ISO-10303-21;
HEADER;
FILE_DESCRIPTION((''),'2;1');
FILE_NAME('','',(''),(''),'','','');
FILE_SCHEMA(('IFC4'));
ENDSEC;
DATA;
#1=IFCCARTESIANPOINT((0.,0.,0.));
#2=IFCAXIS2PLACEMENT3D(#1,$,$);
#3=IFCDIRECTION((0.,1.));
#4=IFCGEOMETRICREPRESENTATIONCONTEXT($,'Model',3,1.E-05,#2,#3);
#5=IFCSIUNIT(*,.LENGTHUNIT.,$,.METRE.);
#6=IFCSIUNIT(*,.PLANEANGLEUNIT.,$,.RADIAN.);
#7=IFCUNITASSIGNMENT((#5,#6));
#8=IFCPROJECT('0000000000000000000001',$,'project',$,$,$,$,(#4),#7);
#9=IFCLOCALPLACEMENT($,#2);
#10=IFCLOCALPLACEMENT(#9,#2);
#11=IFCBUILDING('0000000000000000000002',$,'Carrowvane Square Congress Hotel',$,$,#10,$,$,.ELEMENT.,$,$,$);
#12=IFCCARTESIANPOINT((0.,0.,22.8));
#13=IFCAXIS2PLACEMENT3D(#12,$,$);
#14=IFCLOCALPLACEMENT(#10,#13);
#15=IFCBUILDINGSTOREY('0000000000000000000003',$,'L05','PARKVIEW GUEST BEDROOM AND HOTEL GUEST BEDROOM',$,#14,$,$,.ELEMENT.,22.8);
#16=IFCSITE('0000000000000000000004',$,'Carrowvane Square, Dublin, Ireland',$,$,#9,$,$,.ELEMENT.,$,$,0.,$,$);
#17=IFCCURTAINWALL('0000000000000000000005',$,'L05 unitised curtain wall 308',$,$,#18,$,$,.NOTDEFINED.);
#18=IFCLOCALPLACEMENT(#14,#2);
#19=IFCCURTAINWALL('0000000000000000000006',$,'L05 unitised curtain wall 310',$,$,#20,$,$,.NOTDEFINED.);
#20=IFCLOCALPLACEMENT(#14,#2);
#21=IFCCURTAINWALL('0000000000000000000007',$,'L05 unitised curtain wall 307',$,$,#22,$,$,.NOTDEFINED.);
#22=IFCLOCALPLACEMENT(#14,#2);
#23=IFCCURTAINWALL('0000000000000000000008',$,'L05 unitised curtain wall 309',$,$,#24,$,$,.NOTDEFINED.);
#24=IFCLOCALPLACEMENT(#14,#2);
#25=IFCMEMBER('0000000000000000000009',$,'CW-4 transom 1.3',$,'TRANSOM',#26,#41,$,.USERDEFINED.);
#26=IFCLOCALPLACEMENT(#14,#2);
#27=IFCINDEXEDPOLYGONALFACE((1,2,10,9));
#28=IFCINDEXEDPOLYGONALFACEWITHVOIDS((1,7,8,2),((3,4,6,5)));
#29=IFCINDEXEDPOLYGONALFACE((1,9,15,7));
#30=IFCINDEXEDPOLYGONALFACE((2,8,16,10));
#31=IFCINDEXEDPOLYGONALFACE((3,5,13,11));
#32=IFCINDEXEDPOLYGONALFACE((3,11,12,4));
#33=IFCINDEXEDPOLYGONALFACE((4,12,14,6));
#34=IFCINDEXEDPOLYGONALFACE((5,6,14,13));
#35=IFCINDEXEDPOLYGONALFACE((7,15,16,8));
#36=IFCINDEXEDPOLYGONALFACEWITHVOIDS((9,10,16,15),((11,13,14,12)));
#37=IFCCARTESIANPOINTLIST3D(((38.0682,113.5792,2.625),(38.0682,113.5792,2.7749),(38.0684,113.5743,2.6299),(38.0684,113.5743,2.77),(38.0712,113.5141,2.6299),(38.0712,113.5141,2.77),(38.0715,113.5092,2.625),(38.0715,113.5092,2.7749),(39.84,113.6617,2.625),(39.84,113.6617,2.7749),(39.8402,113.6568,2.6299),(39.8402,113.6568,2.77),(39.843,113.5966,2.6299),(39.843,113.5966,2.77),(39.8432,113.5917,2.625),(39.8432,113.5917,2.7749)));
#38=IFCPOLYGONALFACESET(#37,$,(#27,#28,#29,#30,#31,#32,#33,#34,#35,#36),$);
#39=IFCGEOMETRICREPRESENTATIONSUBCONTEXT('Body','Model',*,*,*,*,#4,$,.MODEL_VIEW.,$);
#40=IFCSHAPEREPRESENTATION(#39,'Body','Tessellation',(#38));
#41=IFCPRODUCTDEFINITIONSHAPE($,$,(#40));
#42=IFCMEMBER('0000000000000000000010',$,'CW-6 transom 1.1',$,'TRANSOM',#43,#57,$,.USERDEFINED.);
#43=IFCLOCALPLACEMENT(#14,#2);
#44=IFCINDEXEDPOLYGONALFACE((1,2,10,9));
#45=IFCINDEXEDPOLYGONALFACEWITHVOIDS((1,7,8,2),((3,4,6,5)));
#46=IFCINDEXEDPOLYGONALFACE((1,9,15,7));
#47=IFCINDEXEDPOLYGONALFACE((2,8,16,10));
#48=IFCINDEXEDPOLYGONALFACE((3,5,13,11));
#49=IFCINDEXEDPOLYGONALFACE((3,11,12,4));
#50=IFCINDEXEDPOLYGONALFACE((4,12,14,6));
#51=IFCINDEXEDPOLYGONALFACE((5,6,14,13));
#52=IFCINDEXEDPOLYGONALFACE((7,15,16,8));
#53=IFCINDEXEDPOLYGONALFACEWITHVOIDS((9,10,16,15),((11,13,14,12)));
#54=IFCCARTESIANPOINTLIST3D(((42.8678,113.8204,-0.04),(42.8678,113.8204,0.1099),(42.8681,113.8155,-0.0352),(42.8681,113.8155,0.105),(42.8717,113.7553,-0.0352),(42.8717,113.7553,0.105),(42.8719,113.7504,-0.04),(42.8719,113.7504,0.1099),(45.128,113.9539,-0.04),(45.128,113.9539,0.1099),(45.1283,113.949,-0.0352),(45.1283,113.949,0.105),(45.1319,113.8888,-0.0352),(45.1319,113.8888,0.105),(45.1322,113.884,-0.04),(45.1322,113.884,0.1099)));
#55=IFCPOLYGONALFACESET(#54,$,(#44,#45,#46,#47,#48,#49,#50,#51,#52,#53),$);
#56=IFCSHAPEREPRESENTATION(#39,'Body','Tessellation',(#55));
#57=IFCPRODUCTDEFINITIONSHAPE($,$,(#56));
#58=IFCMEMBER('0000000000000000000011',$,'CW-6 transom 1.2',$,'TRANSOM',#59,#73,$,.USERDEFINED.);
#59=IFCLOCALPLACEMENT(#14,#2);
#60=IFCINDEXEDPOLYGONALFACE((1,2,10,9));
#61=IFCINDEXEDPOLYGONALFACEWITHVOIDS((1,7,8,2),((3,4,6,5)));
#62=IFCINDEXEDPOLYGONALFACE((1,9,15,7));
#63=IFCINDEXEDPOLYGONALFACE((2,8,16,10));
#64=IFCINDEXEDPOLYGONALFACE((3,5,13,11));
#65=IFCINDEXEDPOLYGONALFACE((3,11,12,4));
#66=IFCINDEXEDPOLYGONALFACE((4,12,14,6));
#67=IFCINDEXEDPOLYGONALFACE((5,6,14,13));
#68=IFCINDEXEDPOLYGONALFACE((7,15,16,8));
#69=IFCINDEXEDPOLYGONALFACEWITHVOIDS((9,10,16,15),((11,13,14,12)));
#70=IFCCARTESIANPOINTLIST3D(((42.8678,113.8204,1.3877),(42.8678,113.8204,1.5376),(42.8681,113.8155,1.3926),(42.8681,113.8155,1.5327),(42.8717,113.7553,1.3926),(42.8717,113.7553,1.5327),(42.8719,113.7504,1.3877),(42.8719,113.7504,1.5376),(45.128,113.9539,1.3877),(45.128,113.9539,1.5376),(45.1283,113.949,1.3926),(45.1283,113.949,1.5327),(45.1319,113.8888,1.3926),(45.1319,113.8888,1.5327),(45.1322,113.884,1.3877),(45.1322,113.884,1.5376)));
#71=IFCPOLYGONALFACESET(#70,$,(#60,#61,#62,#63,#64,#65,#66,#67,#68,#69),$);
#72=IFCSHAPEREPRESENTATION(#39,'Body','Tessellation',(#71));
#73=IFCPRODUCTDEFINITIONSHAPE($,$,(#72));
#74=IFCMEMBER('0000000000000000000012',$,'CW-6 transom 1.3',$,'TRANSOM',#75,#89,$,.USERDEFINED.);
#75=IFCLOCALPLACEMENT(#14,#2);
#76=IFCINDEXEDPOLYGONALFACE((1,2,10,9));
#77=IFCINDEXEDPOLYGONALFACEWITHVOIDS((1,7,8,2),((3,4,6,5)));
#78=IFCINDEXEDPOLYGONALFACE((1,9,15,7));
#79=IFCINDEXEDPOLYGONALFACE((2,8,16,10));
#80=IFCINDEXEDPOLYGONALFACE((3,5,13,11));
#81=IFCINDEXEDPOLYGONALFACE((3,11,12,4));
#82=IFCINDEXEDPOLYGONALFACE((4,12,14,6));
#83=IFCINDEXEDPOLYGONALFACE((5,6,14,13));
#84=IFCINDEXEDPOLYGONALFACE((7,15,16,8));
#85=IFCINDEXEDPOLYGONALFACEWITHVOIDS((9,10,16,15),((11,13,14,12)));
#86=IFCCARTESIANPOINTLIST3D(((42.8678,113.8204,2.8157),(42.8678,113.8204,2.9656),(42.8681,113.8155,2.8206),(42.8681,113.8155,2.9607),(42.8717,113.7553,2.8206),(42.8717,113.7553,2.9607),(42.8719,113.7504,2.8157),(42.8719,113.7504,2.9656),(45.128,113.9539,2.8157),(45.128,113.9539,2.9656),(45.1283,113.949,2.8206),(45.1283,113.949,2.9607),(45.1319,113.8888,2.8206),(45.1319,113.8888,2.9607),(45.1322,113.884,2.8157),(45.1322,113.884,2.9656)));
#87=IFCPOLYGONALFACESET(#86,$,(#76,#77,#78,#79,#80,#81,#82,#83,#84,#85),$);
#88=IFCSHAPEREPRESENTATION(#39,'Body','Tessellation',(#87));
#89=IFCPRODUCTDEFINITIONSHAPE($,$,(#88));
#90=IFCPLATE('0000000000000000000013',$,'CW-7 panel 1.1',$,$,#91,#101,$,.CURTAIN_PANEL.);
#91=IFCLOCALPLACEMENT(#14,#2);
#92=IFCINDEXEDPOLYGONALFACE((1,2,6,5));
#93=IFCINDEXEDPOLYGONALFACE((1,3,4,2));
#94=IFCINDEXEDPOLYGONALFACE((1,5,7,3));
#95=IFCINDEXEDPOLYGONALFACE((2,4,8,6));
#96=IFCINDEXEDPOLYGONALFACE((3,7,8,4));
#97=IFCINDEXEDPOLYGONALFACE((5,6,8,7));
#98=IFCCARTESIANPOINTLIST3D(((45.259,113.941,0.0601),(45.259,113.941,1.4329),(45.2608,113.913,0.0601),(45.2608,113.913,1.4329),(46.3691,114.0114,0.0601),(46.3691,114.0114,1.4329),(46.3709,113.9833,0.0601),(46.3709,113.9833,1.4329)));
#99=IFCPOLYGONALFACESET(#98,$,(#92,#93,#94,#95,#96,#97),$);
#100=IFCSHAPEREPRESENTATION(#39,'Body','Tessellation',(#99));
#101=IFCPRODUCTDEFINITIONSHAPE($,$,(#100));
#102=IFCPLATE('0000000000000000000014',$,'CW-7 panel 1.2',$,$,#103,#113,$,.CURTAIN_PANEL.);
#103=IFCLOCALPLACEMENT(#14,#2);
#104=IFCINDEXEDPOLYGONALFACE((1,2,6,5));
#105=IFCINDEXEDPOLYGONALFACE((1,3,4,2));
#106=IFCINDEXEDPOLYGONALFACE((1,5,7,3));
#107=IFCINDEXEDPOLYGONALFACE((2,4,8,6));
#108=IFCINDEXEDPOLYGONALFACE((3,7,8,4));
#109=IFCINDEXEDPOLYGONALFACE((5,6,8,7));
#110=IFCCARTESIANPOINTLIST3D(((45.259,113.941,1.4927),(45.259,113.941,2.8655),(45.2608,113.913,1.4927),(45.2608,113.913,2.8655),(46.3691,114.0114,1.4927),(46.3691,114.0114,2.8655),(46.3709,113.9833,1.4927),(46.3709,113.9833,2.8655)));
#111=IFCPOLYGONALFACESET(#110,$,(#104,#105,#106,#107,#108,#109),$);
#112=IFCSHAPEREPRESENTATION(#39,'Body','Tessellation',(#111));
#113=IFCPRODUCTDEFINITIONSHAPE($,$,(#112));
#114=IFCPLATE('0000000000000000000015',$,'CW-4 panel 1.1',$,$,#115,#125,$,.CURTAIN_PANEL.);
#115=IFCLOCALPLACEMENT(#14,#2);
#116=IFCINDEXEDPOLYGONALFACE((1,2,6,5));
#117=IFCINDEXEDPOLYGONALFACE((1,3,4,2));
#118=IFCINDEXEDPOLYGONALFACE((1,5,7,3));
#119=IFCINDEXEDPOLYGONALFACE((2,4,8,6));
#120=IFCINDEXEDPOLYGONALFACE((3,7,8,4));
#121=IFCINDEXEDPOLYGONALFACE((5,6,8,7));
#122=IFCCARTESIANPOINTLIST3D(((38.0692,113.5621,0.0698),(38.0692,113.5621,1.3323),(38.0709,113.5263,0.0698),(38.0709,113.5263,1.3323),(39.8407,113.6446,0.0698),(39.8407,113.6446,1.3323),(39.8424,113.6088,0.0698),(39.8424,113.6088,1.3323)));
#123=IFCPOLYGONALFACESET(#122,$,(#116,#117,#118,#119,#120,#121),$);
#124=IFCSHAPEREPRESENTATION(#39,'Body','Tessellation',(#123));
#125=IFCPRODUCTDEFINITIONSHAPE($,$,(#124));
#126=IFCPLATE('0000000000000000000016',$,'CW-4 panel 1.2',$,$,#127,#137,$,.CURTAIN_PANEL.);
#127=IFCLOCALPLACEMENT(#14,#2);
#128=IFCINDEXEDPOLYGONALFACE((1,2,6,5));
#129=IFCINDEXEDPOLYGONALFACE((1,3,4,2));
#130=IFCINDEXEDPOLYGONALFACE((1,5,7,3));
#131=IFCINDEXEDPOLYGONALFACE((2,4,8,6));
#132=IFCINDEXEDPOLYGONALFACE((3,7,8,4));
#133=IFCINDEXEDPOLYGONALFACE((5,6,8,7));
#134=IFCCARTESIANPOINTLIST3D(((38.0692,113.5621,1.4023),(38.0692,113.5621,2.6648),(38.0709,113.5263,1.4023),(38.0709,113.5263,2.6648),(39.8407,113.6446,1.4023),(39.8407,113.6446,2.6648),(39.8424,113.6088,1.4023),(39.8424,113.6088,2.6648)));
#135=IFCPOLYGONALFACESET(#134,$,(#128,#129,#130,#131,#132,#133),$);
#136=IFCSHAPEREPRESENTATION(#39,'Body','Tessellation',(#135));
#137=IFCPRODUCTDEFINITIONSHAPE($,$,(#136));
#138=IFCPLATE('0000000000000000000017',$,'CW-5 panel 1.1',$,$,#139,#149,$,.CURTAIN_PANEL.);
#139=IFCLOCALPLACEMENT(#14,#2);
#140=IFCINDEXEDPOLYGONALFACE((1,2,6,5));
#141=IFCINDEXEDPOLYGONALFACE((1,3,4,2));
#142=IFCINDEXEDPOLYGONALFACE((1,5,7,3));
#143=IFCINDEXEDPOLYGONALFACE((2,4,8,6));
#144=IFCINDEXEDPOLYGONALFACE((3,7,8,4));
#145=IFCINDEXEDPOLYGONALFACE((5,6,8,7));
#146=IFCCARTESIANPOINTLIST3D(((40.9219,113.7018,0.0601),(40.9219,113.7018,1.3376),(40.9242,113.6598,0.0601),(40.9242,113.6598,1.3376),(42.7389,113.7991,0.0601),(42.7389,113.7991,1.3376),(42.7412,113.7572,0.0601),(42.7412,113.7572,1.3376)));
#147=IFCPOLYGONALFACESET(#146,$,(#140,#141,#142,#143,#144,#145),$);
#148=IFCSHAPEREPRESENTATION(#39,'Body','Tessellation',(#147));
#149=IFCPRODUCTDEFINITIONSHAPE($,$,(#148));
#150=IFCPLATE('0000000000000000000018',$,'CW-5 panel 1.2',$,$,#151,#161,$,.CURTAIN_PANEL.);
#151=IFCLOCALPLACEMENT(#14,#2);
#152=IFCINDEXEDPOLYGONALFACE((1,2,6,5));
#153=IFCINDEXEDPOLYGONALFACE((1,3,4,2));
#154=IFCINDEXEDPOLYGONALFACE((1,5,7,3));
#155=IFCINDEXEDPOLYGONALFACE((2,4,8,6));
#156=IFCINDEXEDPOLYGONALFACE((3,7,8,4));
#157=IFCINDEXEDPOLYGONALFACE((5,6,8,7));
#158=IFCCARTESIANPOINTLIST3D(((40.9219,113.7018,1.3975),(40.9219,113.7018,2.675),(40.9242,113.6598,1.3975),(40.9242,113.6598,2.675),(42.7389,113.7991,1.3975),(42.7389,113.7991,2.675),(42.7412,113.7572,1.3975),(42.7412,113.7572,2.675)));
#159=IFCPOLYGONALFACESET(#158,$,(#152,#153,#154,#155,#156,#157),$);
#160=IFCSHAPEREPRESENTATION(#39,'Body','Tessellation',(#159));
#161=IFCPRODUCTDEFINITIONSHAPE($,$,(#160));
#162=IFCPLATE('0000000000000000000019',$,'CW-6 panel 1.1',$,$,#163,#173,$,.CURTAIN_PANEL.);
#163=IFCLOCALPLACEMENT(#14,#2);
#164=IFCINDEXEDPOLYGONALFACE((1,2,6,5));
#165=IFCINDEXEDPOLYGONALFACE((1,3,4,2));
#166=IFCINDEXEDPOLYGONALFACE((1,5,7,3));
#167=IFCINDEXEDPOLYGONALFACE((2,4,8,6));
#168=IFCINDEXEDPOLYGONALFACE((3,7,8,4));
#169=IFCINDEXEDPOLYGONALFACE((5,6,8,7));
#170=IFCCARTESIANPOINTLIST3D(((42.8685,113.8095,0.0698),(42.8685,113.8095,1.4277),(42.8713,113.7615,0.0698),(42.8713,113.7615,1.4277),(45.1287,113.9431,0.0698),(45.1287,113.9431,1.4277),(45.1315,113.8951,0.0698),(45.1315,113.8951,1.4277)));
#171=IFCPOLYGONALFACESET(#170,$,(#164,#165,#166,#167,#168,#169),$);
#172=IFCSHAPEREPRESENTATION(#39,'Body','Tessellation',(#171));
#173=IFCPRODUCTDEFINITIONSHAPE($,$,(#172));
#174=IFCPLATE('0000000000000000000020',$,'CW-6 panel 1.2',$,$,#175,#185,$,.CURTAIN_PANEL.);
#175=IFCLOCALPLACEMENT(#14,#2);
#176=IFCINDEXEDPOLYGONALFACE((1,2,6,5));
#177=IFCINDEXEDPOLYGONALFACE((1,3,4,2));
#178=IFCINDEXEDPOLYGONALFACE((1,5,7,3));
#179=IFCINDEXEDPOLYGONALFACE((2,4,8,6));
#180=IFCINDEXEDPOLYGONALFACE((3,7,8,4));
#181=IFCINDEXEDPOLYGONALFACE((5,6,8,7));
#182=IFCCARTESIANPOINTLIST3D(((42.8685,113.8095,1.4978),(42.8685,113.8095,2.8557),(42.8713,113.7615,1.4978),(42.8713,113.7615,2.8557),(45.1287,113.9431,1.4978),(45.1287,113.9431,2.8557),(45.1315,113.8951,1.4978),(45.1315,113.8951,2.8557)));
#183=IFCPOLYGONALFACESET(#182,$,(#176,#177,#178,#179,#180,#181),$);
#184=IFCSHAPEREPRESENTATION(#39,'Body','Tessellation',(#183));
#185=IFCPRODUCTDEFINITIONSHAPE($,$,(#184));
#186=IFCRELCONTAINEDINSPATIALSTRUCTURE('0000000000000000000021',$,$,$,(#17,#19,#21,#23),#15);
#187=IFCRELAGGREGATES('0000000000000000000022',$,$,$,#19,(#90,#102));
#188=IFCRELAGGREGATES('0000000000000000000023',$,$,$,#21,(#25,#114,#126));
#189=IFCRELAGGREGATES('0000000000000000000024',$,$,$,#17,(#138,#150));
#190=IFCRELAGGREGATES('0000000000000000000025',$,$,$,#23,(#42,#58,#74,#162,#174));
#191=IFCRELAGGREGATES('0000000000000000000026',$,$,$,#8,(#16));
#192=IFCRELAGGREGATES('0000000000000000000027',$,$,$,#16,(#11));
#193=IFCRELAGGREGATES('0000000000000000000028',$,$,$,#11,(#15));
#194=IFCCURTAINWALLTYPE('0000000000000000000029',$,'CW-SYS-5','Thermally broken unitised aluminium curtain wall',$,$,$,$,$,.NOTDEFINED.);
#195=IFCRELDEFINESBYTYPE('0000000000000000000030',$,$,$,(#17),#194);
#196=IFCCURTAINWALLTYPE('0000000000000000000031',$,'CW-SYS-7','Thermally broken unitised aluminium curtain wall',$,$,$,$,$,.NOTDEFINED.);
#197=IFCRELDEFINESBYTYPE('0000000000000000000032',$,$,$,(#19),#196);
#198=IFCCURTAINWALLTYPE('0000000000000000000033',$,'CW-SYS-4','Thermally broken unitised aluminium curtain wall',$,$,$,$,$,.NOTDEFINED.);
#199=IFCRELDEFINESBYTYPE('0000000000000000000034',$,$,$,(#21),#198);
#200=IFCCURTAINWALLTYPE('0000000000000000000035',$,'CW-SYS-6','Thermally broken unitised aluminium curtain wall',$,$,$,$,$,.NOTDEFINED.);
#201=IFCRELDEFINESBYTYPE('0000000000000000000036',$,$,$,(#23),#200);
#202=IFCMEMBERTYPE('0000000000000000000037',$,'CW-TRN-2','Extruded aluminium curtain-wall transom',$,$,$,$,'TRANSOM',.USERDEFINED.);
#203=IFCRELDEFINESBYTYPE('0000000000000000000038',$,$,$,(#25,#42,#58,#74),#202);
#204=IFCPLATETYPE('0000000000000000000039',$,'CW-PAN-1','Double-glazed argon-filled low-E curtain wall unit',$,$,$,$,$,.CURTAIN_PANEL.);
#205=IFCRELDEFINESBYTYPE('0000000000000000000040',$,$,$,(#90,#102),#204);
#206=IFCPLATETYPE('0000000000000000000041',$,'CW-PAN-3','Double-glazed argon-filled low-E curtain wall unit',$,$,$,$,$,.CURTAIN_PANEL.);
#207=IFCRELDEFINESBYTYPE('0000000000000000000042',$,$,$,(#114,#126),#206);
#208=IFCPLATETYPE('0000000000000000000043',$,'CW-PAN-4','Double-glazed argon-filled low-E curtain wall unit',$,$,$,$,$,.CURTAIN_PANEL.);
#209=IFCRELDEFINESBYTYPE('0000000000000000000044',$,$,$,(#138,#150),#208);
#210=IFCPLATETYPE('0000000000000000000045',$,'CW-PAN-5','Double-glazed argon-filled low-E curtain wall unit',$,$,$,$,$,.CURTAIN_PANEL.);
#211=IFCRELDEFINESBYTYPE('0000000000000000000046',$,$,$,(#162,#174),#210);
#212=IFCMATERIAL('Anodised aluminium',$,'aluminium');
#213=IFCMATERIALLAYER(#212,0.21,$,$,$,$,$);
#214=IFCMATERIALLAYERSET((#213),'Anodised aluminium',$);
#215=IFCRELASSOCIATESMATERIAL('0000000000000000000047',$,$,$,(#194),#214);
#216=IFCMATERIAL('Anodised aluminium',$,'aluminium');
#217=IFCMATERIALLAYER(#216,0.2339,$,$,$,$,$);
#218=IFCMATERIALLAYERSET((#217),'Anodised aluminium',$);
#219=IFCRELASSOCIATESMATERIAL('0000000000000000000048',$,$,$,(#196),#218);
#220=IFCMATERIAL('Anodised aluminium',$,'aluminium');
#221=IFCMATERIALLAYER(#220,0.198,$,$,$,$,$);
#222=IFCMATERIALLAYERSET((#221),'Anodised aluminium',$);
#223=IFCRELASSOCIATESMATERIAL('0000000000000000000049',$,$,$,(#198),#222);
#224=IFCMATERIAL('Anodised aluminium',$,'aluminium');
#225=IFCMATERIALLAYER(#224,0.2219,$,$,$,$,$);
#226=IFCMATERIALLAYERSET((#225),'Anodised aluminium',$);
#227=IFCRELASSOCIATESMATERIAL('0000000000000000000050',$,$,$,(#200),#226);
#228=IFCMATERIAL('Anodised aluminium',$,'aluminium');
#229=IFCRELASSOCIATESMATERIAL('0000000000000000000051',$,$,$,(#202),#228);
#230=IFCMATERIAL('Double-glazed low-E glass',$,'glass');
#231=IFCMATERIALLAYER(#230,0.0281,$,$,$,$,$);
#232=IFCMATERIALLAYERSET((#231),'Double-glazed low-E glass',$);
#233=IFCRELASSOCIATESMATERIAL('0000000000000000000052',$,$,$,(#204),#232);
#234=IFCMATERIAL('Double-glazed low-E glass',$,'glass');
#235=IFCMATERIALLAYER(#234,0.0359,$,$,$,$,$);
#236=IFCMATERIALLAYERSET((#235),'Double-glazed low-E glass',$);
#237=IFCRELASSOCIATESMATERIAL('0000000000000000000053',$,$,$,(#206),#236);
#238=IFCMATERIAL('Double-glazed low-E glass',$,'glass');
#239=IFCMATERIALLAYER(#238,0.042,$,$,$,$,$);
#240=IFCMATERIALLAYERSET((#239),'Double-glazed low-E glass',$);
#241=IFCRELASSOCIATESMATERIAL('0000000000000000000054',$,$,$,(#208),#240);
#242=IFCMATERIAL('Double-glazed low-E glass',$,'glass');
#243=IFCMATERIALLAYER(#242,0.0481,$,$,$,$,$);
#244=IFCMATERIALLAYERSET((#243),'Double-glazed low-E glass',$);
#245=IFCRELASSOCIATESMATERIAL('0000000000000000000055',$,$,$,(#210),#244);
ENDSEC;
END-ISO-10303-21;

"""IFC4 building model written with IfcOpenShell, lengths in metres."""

from ifc_helpers import new_model, si_unit, direction, frame, origin, origin_2d, place, context, subcontext, project, spatial, rectangle, hollow_rectangle, extrude, material, layer, layer_set, material_profile, profile_set, type_object, element, aggregate, save


model = new_model("IFC4")

# Units and contexts
model_context = context("Model", 3, precision=1e-05, world=origin(), true_north=direction((0.0, 1.0)))
body_context = subcontext(model_context, "Body", "Model", "MODEL_VIEW")
ifc_project = project(units=[si_unit("LENGTHUNIT", "METRE"), si_unit("PLANEANGLEUNIT", "RADIAN")], contexts=[model_context])

# Site, building, storey
site_placement = place(None, origin())
site = spatial("IfcSite", under=ifc_project, at=site_placement, Name="Carrowvane Square, Dublin, Ireland", CompositionType="ELEMENT", RefElevation=0.0)
building_placement = place(site_placement, origin())
building = spatial("IfcBuilding", under=site, at=building_placement, Name="Carrowvane Square Congress Hotel", CompositionType="ELEMENT")
storey_placement = place(building_placement, frame((0.0, 0.0, 22.8)))
storey = spatial("IfcBuildingStorey", under=building, at=storey_placement, Name="L05", Description="PARKVIEW GUEST BEDROOM AND HOTEL GUEST BEDROOM", CompositionType="ELEMENT", Elevation=22.8)

# Curtain walls
ifc_material_1 = material(Name="Anodised aluminium", Category="aluminium")
ifc_layer_1 = layer(ifc_material_1, 0.21)
ifc_layer_set_1 = layer_set([ifc_layer_1], Name="Anodised aluminium")
curtain_wall_type_1 = type_object("IfcCurtainWallType", Name="CW-SYS-5", Description="Thermally broken unitised aluminium curtain wall", PredefinedType="NOTDEFINED", material=ifc_layer_set_1)
curtain_wall_1_placement = place(storey_placement, origin())
curtain_wall_1 = element("IfcCurtainWall", 1, at=curtain_wall_1_placement, inside=storey, type_object=curtain_wall_type_1, Name="L05 unitised curtain wall 308", PredefinedType="NOTDEFINED")
ifc_material_2 = material(Name="Anodised aluminium", Category="aluminium")
ifc_layer_2 = layer(ifc_material_2, 0.2339)
ifc_layer_set_2 = layer_set([ifc_layer_2], Name="Anodised aluminium")
curtain_wall_type_2 = type_object("IfcCurtainWallType", Name="CW-SYS-7", Description="Thermally broken unitised aluminium curtain wall", PredefinedType="NOTDEFINED", material=ifc_layer_set_2)
curtain_wall_2_placement = place(storey_placement, origin())
curtain_wall_2 = element("IfcCurtainWall", 2, at=curtain_wall_2_placement, inside=storey, type_object=curtain_wall_type_2, Name="L05 unitised curtain wall 310", PredefinedType="NOTDEFINED")
ifc_material_3 = material(Name="Anodised aluminium", Category="aluminium")
ifc_layer_3 = layer(ifc_material_3, 0.198)
ifc_layer_set_3 = layer_set([ifc_layer_3], Name="Anodised aluminium")
curtain_wall_type_3 = type_object("IfcCurtainWallType", Name="CW-SYS-4", Description="Thermally broken unitised aluminium curtain wall", PredefinedType="NOTDEFINED", material=ifc_layer_set_3)
curtain_wall_3_placement = place(storey_placement, origin())
curtain_wall_3 = element("IfcCurtainWall", 3, at=curtain_wall_3_placement, inside=storey, type_object=curtain_wall_type_3, Name="L05 unitised curtain wall 307", PredefinedType="NOTDEFINED")
ifc_material_4 = material(Name="Anodised aluminium", Category="aluminium")
ifc_layer_4 = layer(ifc_material_4, 0.2219)
ifc_layer_set_4 = layer_set([ifc_layer_4], Name="Anodised aluminium")
curtain_wall_type_4 = type_object("IfcCurtainWallType", Name="CW-SYS-6", Description="Thermally broken unitised aluminium curtain wall", PredefinedType="NOTDEFINED", material=ifc_layer_set_4)
curtain_wall_4_placement = place(storey_placement, origin())
curtain_wall_4 = element("IfcCurtainWall", 4, at=curtain_wall_4_placement, inside=storey, type_object=curtain_wall_type_4, Name="L05 unitised curtain wall 309", PredefinedType="NOTDEFINED")

# Members
ifc_material_5 = material(Name="Anodised aluminium", Category="aluminium")
ifc_material_profile_1 = material_profile(ifc_material_5, hollow_rectangle(XDim=0.0701, YDim=0.1499, WallThickness=0.0049, at=origin_2d()), Name="CW-TR 70x150x5")
ifc_profile_set_1 = profile_set([ifc_material_profile_1], Name="Anodised aluminium")
member_type_1 = type_object("IfcMemberType", Name="CW-TRN-2", Description="Extruded aluminium curtain-wall transom", ElementType="TRANSOM", PredefinedType="USERDEFINED", material=ifc_profile_set_1)
member_1_placement = place(storey_placement, frame((38.0698, 113.5442, 2.7), z_axis=(0.998917, 0.046525, 0.0), x_axis=(-0.046525, 0.998917, 0.0)))
member_1 = element("IfcMember", 5, at=member_1_placement, type_object=member_type_1, Name="CW-4 transom 1.3", ObjectType="TRANSOM", PredefinedType="USERDEFINED", context=body_context, shape_type="SweptSolid", body=[
    extrude(hollow_rectangle(XDim=0.0701, YDim=0.1499, WallThickness=0.0049, at=origin_2d()), origin(), (0.0, 0.0, 1.0), 1.7737),
])
member_2_placement = place(storey_placement, frame((42.8699, 113.7854, 0.0349), z_axis=(0.998259, 0.058981, 0.0), x_axis=(-0.058981, 0.998259, 0.0)))
member_2 = element("IfcMember", 6, at=member_2_placement, type_object=member_type_1, Name="CW-6 transom 1.1", ObjectType="TRANSOM", PredefinedType="USERDEFINED", context=body_context, shape_type="SweptSolid", body=[
    extrude(hollow_rectangle(XDim=0.0701, YDim=0.1499, WallThickness=0.0049, at=origin_2d()), origin(), (0.0, 0.0, 1.0), 2.2642),
])
member_3_placement = place(storey_placement, frame((42.8699, 113.7854, 1.4626), z_axis=(0.998259, 0.058981, 0.0), x_axis=(-0.058981, 0.998259, 0.0)))
member_3 = element("IfcMember", 7, at=member_3_placement, type_object=member_type_1, Name="CW-6 transom 1.2", ObjectType="TRANSOM", PredefinedType="USERDEFINED", context=body_context, shape_type="SweptSolid", body=[
    extrude(hollow_rectangle(XDim=0.0701, YDim=0.1499, WallThickness=0.0049, at=origin_2d()), origin(), (0.0, 0.0, 1.0), 2.2642),
])
member_4_placement = place(storey_placement, frame((42.8699, 113.7854, 2.8906), z_axis=(0.998259, 0.058981, 0.0), x_axis=(-0.058981, 0.998259, 0.0)))
member_4 = element("IfcMember", 8, at=member_4_placement, type_object=member_type_1, Name="CW-6 transom 1.3", ObjectType="TRANSOM", PredefinedType="USERDEFINED", context=body_context, shape_type="SweptSolid", body=[
    extrude(hollow_rectangle(XDim=0.0701, YDim=0.1499, WallThickness=0.0049, at=origin_2d()), origin(), (0.0, 0.0, 1.0), 2.2642),
])

# Plates
ifc_material_6 = material(Name="Double-glazed low-E glass", Category="glass")
ifc_layer_5 = layer(ifc_material_6, 0.0281)
ifc_layer_set_5 = layer_set([ifc_layer_5], Name="Double-glazed low-E glass")
plate_type_1 = type_object("IfcPlateType", Name="CW-PAN-1", Description="Double-glazed argon-filled low-E curtain wall unit", PredefinedType="CURTAIN_PANEL", material=ifc_layer_set_5)
plate_1_placement = place(storey_placement, frame((45.8149, 113.9622, 0.0601), z_axis=(0.0, 0.0, 1.0), x_axis=(0.997996, 0.063273, 0.0)))
plate_1 = element("IfcPlate", 9, at=plate_1_placement, type_object=plate_type_1, Name="CW-7 panel 1.1", PredefinedType="CURTAIN_PANEL", context=body_context, shape_type="SweptSolid", body=[
    extrude(rectangle(XDim=1.1123, YDim=0.0281, at=origin_2d()), origin(), (0.0, 0.0, 1.0), 1.3728),
])
plate_2_placement = place(storey_placement, frame((45.8149, 113.9622, 1.4927), z_axis=(0.0, 0.0, 1.0), x_axis=(0.997996, 0.063273, 0.0)))
plate_2 = element("IfcPlate", 10, at=plate_2_placement, type_object=plate_type_1, Name="CW-7 panel 1.2", PredefinedType="CURTAIN_PANEL", context=body_context, shape_type="SweptSolid", body=[
    extrude(rectangle(XDim=1.1123, YDim=0.0281, at=origin_2d()), origin(), (0.0, 0.0, 1.0), 1.3728),
])
aggregate(curtain_wall_2, [plate_1, plate_2])
ifc_material_7 = material(Name="Double-glazed low-E glass", Category="glass")
ifc_layer_6 = layer(ifc_material_7, 0.0359)
ifc_layer_set_6 = layer_set([ifc_layer_6], Name="Double-glazed low-E glass")
plate_type_2 = type_object("IfcPlateType", Name="CW-PAN-3", Description="Double-glazed argon-filled low-E curtain wall unit", PredefinedType="CURTAIN_PANEL", material=ifc_layer_set_6)
plate_3_placement = place(storey_placement, frame((38.9558, 113.5854, 0.0698), z_axis=(0.0, 0.0, 1.0), x_axis=(0.998917, 0.046522, 0.0)))
plate_3 = element("IfcPlate", 11, at=plate_3_placement, type_object=plate_type_2, Name="CW-4 panel 1.1", PredefinedType="CURTAIN_PANEL", context=body_context, shape_type="SweptSolid", body=[
    extrude(rectangle(XDim=1.7734, YDim=0.0359, at=origin_2d()), origin(), (0.0, 0.0, 1.0), 1.2625),
])
plate_4_placement = place(storey_placement, frame((38.9558, 113.5854, 1.4023), z_axis=(0.0, 0.0, 1.0), x_axis=(0.998917, 0.046522, 0.0)))
plate_4 = element("IfcPlate", 12, at=plate_4_placement, type_object=plate_type_2, Name="CW-4 panel 1.2", PredefinedType="CURTAIN_PANEL", context=body_context, shape_type="SweptSolid", body=[
    extrude(rectangle(XDim=1.7734, YDim=0.0359, at=origin_2d()), origin(), (0.0, 0.0, 1.0), 1.2625),
])
aggregate(curtain_wall_3, [member_1, plate_3, plate_4])
ifc_material_8 = material(Name="Double-glazed low-E glass", Category="glass")
ifc_layer_7 = layer(ifc_material_8, 0.042)
ifc_layer_set_7 = layer_set([ifc_layer_7], Name="Double-glazed low-E glass")
plate_type_3 = type_object("IfcPlateType", Name="CW-PAN-4", Description="Double-glazed argon-filled low-E curtain wall unit", PredefinedType="CURTAIN_PANEL", material=ifc_layer_set_7)
plate_5_placement = place(storey_placement, frame((41.8315, 113.7295, 0.0601), z_axis=(0.0, 0.0, 1.0), x_axis=(0.998567, 0.053514, 0.0)))
plate_5 = element("IfcPlate", 13, at=plate_5_placement, type_object=plate_type_3, Name="CW-5 panel 1.1", PredefinedType="CURTAIN_PANEL", context=body_context, shape_type="SweptSolid", body=[
    extrude(rectangle(XDim=1.8196, YDim=0.042, at=origin_2d()), origin(), (0.0, 0.0, 1.0), 1.2776),
])
plate_6_placement = place(storey_placement, frame((41.8315, 113.7295, 1.3975), z_axis=(0.0, 0.0, 1.0), x_axis=(0.998567, 0.053514, 0.0)))
plate_6 = element("IfcPlate", 14, at=plate_6_placement, type_object=plate_type_3, Name="CW-5 panel 1.2", PredefinedType="CURTAIN_PANEL", context=body_context, shape_type="SweptSolid", body=[
    extrude(rectangle(XDim=1.8196, YDim=0.042, at=origin_2d()), origin(), (0.0, 0.0, 1.0), 1.2776),
])
aggregate(curtain_wall_1, [plate_5, plate_6])
ifc_material_9 = material(Name="Double-glazed low-E glass", Category="glass")
ifc_layer_8 = layer(ifc_material_9, 0.0481)
ifc_layer_set_8 = layer_set([ifc_layer_8], Name="Double-glazed low-E glass")
plate_type_4 = type_object("IfcPlateType", Name="CW-PAN-5", Description="Double-glazed argon-filled low-E curtain wall unit", PredefinedType="CURTAIN_PANEL", material=ifc_layer_set_8)
plate_7_placement = place(storey_placement, frame((44.0, 113.8523, 0.0698), z_axis=(0.0, 0.0, 1.0), x_axis=(0.998259, 0.058989, 0.0)))
plate_7 = element("IfcPlate", 15, at=plate_7_placement, type_object=plate_type_4, Name="CW-6 panel 1.1", PredefinedType="CURTAIN_PANEL", context=body_context, shape_type="SweptSolid", body=[
    extrude(rectangle(XDim=2.2642, YDim=0.0481, at=origin_2d()), origin(), (0.0, 0.0, 1.0), 1.3579),
])
plate_8_placement = place(storey_placement, frame((44.0, 113.8523, 1.4978), z_axis=(0.0, 0.0, 1.0), x_axis=(0.998259, 0.058989, 0.0)))
plate_8 = element("IfcPlate", 16, at=plate_8_placement, type_object=plate_type_4, Name="CW-6 panel 1.2", PredefinedType="CURTAIN_PANEL", context=body_context, shape_type="SweptSolid", body=[
    extrude(rectangle(XDim=2.2642, YDim=0.0481, at=origin_2d()), origin(), (0.0, 0.0, 1.0), 1.3579),
])
aggregate(curtain_wall_4, [member_2, member_3, member_4, plate_7, plate_8])

save(model, "model.ifc")
